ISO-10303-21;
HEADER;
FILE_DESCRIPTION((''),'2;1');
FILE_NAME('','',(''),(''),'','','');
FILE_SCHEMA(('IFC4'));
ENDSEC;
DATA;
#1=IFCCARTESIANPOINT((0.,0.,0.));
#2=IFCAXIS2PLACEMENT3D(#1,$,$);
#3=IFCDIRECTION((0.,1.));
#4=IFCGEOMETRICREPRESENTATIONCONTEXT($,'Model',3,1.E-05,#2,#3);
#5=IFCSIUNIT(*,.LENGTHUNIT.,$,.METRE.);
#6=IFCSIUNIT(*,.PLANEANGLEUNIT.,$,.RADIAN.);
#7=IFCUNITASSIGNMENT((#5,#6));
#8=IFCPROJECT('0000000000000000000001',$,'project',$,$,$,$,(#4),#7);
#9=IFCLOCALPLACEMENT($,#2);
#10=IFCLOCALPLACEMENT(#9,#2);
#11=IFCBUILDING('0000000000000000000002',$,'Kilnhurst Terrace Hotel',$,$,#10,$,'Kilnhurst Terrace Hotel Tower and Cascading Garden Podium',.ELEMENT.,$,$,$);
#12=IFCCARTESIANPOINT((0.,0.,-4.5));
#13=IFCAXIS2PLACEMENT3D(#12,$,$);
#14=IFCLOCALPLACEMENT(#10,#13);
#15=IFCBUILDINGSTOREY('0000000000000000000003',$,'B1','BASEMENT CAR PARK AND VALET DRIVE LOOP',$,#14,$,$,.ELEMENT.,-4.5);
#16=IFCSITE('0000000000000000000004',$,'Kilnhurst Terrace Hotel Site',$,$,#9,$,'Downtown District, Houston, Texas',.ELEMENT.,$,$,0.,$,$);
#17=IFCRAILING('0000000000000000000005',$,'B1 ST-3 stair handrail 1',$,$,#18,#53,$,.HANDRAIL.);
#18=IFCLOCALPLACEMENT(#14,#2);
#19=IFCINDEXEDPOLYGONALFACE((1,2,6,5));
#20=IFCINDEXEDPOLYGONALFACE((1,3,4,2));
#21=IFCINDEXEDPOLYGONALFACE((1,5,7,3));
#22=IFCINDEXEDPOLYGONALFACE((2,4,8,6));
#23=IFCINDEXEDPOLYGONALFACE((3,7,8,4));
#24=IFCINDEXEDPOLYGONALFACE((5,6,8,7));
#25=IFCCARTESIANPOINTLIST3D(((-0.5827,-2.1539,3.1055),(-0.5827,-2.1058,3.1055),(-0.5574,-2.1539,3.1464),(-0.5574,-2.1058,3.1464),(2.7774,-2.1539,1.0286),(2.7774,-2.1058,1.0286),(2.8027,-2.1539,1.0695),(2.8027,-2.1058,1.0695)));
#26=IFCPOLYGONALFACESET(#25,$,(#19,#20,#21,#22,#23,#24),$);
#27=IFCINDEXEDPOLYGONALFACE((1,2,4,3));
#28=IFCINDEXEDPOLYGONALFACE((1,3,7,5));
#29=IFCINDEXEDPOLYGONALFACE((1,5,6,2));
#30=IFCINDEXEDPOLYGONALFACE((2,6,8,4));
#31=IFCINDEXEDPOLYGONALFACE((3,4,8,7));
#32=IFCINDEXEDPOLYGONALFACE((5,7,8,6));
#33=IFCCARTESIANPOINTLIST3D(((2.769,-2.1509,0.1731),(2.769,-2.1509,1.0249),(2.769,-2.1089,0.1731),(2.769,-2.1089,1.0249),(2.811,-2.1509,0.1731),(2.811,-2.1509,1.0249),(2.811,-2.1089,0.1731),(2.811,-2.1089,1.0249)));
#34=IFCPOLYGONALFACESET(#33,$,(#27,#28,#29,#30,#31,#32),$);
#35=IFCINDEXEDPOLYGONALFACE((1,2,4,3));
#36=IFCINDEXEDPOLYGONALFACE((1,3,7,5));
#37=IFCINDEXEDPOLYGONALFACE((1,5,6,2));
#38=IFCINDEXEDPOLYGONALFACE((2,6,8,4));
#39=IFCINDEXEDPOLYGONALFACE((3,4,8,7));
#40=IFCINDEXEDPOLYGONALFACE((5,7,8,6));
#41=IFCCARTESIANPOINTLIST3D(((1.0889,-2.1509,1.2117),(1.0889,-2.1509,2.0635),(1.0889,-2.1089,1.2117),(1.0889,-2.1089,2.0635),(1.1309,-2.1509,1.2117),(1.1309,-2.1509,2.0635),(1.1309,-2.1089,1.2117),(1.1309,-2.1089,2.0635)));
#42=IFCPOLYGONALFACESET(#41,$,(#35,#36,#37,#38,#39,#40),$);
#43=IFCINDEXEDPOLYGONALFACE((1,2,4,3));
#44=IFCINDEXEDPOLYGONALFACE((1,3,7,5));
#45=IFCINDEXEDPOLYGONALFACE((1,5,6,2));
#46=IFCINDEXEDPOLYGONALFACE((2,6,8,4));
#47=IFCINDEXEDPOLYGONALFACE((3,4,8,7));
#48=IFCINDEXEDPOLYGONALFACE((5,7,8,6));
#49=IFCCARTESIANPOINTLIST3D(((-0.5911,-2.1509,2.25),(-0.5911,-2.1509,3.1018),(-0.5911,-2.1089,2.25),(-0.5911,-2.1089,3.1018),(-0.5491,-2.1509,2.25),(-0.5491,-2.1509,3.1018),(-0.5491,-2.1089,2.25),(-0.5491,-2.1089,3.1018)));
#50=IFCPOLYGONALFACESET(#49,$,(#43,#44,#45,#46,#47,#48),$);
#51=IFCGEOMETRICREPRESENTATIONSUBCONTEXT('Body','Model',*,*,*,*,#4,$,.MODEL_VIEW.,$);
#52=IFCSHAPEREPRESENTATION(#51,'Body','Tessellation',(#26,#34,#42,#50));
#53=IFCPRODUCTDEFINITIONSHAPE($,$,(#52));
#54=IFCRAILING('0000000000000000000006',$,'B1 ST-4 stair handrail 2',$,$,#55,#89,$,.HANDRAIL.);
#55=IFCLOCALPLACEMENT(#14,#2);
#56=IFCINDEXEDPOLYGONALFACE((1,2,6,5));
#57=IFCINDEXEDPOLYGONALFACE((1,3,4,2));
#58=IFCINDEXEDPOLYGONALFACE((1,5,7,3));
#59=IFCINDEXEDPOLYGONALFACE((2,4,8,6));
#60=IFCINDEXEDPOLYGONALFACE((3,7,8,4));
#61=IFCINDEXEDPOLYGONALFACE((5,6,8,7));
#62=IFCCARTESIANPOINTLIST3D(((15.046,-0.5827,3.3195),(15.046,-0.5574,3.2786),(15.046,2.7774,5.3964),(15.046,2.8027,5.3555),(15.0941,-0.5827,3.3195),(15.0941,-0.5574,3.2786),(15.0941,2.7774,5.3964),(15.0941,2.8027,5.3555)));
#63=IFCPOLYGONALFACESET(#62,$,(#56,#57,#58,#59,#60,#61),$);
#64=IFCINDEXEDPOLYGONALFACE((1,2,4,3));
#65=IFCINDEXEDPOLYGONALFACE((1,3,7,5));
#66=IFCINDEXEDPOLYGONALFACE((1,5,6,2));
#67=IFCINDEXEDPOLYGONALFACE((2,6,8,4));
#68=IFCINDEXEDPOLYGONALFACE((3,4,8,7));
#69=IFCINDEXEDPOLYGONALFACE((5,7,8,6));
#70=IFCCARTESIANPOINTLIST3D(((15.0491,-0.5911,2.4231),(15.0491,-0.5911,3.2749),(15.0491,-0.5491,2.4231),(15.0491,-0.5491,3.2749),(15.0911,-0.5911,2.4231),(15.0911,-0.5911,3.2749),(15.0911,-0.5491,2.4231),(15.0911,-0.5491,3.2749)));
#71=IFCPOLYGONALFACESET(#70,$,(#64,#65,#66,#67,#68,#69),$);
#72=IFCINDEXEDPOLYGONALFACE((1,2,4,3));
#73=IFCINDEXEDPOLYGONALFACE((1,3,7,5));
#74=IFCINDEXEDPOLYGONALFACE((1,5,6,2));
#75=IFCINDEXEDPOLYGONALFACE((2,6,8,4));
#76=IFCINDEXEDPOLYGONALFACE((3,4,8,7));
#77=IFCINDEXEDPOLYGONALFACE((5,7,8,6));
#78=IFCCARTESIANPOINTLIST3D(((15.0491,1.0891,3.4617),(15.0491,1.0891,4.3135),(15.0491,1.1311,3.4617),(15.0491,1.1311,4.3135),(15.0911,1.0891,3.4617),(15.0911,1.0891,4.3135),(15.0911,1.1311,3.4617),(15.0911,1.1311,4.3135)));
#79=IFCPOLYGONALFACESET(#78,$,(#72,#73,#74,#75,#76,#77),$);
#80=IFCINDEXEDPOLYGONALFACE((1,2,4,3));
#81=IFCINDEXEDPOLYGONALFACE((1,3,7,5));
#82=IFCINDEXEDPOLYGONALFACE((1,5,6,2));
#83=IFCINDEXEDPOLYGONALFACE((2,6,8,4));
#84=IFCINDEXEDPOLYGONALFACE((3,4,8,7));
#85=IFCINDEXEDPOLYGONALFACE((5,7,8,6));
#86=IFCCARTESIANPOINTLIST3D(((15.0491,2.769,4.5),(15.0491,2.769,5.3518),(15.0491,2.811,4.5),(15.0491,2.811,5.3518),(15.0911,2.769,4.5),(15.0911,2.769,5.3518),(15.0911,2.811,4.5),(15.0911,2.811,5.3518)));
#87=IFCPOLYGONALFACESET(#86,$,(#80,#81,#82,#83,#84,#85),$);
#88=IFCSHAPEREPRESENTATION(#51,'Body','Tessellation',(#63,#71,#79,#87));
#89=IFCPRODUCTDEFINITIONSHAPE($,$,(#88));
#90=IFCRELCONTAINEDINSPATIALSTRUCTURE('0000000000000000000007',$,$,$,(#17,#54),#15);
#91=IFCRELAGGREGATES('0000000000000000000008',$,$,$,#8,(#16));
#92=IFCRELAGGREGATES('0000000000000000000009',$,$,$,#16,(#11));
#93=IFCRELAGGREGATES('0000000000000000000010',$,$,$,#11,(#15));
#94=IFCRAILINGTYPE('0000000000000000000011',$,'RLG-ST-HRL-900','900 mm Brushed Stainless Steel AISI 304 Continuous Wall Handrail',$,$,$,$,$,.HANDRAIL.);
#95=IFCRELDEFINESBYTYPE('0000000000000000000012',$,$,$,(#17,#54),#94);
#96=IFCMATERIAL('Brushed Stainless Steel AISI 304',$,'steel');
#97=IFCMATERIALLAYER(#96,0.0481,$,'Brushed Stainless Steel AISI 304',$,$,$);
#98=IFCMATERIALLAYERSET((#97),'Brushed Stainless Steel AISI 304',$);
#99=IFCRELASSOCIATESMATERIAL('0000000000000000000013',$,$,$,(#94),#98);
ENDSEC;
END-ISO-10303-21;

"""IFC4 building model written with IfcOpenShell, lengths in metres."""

from ifc_helpers import new_model, si_unit, direction, frame, origin, origin_2d, place, context, subcontext, project, spatial, rectangle, extrude, material, layer, layer_set, type_object, element, save


model = new_model("IFC4")

# Units and contexts
model_context = context("Model", 3, precision=1e-05, world=origin(), true_north=direction((0.0, 1.0)))
body_context = subcontext(model_context, "Body", "Model", "MODEL_VIEW")
ifc_project = project(units=[si_unit("LENGTHUNIT", "METRE"), si_unit("PLANEANGLEUNIT", "RADIAN")], contexts=[model_context])

# Site, building, storey
site_placement = place(None, origin())
site = spatial("IfcSite", under=ifc_project, at=site_placement, Name="Kilnhurst Terrace Hotel Site", LongName="Downtown District, Houston, Texas", CompositionType="ELEMENT", RefElevation=0.0)
building_placement = place(site_placement, origin())
building = spatial("IfcBuilding", under=site, at=building_placement, Name="Kilnhurst Terrace Hotel", LongName="Kilnhurst Terrace Hotel Tower and Cascading Garden Podium", CompositionType="ELEMENT")
storey_placement = place(building_placement, frame((0.0, 0.0, -4.5)))
storey = spatial("IfcBuildingStorey", under=building, at=storey_placement, Name="B1", Description="BASEMENT CAR PARK AND VALET DRIVE LOOP", CompositionType="ELEMENT", Elevation=-4.5)

# Railings
ifc_material_1 = material(Name="Brushed Stainless Steel AISI 304", Category="steel")
ifc_layer_1 = layer(ifc_material_1, 0.0481, Name="Brushed Stainless Steel AISI 304")
ifc_layer_set_1 = layer_set([ifc_layer_1], Name="Brushed Stainless Steel AISI 304")
railing_type_1 = type_object("IfcRailingType", Name="RLG-ST-HRL-900", Description="900 mm Brushed Stainless Steel AISI 304 Continuous Wall Handrail", PredefinedType="HANDRAIL", material=ifc_layer_set_1)
railing_1_placement = place(storey_placement, frame((2.79, -2.1299, 0.1731)))
element("IfcRailing", 1, at=railing_1_placement, inside=storey, type_object=railing_type_1, Name="B1 ST-3 stair handrail 1", PredefinedType="HANDRAIL", context=body_context, shape_type="SweptSolid", body=[
    extrude(rectangle(XDim=0.0481, YDim=0.0481, at=origin_2d()), frame((0.0, 0.0, 0.876), z_axis=(-0.850623, 0.0, 0.525776), x_axis=(0.0, -1.0, 0.0)), (0.0, 0.0, 1.0), 3.9502),
    extrude(rectangle(XDim=0.042, YDim=0.042, at=origin_2d()), origin(), (0.0, 0.0, 1.0), 0.8518),
    extrude(rectangle(XDim=0.042, YDim=0.042, at=origin_2d()), frame((-1.6802, 0.0, 1.0386)), (0.0, 0.0, 1.0), 0.8518),
    extrude(rectangle(XDim=0.042, YDim=0.042, at=origin_2d()), frame((-3.3601, 0.0, 2.0769)), (0.0, 0.0, 1.0), 0.8518),
])
railing_2_placement = place(storey_placement, frame((15.0701, -0.5701, 2.4231)))
element("IfcRailing", 2, at=railing_2_placement, inside=storey, type_object=railing_type_1, Name="B1 ST-4 stair handrail 2", PredefinedType="HANDRAIL", context=body_context, shape_type="SweptSolid", body=[
    extrude(rectangle(XDim=0.0481, YDim=0.0481, at=origin_2d()), frame((0.0, 0.0, 0.876), z_axis=(0.0, 0.850623, 0.525776), x_axis=(-1.0, 0.0, 0.0)), (0.0, 0.0, 1.0), 3.9502),
    extrude(rectangle(XDim=0.042, YDim=0.042, at=origin_2d()), origin(), (0.0, 0.0, 1.0), 0.8518),
    extrude(rectangle(XDim=0.042, YDim=0.042, at=origin_2d()), frame((0.0, 1.6802, 1.0386)), (0.0, 0.0, 1.0), 0.8518),
    extrude(rectangle(XDim=0.042, YDim=0.042, at=origin_2d()), frame((0.0, 3.3601, 2.0769)), (0.0, 0.0, 1.0), 0.8518),
])

save(model, "model.ifc")
